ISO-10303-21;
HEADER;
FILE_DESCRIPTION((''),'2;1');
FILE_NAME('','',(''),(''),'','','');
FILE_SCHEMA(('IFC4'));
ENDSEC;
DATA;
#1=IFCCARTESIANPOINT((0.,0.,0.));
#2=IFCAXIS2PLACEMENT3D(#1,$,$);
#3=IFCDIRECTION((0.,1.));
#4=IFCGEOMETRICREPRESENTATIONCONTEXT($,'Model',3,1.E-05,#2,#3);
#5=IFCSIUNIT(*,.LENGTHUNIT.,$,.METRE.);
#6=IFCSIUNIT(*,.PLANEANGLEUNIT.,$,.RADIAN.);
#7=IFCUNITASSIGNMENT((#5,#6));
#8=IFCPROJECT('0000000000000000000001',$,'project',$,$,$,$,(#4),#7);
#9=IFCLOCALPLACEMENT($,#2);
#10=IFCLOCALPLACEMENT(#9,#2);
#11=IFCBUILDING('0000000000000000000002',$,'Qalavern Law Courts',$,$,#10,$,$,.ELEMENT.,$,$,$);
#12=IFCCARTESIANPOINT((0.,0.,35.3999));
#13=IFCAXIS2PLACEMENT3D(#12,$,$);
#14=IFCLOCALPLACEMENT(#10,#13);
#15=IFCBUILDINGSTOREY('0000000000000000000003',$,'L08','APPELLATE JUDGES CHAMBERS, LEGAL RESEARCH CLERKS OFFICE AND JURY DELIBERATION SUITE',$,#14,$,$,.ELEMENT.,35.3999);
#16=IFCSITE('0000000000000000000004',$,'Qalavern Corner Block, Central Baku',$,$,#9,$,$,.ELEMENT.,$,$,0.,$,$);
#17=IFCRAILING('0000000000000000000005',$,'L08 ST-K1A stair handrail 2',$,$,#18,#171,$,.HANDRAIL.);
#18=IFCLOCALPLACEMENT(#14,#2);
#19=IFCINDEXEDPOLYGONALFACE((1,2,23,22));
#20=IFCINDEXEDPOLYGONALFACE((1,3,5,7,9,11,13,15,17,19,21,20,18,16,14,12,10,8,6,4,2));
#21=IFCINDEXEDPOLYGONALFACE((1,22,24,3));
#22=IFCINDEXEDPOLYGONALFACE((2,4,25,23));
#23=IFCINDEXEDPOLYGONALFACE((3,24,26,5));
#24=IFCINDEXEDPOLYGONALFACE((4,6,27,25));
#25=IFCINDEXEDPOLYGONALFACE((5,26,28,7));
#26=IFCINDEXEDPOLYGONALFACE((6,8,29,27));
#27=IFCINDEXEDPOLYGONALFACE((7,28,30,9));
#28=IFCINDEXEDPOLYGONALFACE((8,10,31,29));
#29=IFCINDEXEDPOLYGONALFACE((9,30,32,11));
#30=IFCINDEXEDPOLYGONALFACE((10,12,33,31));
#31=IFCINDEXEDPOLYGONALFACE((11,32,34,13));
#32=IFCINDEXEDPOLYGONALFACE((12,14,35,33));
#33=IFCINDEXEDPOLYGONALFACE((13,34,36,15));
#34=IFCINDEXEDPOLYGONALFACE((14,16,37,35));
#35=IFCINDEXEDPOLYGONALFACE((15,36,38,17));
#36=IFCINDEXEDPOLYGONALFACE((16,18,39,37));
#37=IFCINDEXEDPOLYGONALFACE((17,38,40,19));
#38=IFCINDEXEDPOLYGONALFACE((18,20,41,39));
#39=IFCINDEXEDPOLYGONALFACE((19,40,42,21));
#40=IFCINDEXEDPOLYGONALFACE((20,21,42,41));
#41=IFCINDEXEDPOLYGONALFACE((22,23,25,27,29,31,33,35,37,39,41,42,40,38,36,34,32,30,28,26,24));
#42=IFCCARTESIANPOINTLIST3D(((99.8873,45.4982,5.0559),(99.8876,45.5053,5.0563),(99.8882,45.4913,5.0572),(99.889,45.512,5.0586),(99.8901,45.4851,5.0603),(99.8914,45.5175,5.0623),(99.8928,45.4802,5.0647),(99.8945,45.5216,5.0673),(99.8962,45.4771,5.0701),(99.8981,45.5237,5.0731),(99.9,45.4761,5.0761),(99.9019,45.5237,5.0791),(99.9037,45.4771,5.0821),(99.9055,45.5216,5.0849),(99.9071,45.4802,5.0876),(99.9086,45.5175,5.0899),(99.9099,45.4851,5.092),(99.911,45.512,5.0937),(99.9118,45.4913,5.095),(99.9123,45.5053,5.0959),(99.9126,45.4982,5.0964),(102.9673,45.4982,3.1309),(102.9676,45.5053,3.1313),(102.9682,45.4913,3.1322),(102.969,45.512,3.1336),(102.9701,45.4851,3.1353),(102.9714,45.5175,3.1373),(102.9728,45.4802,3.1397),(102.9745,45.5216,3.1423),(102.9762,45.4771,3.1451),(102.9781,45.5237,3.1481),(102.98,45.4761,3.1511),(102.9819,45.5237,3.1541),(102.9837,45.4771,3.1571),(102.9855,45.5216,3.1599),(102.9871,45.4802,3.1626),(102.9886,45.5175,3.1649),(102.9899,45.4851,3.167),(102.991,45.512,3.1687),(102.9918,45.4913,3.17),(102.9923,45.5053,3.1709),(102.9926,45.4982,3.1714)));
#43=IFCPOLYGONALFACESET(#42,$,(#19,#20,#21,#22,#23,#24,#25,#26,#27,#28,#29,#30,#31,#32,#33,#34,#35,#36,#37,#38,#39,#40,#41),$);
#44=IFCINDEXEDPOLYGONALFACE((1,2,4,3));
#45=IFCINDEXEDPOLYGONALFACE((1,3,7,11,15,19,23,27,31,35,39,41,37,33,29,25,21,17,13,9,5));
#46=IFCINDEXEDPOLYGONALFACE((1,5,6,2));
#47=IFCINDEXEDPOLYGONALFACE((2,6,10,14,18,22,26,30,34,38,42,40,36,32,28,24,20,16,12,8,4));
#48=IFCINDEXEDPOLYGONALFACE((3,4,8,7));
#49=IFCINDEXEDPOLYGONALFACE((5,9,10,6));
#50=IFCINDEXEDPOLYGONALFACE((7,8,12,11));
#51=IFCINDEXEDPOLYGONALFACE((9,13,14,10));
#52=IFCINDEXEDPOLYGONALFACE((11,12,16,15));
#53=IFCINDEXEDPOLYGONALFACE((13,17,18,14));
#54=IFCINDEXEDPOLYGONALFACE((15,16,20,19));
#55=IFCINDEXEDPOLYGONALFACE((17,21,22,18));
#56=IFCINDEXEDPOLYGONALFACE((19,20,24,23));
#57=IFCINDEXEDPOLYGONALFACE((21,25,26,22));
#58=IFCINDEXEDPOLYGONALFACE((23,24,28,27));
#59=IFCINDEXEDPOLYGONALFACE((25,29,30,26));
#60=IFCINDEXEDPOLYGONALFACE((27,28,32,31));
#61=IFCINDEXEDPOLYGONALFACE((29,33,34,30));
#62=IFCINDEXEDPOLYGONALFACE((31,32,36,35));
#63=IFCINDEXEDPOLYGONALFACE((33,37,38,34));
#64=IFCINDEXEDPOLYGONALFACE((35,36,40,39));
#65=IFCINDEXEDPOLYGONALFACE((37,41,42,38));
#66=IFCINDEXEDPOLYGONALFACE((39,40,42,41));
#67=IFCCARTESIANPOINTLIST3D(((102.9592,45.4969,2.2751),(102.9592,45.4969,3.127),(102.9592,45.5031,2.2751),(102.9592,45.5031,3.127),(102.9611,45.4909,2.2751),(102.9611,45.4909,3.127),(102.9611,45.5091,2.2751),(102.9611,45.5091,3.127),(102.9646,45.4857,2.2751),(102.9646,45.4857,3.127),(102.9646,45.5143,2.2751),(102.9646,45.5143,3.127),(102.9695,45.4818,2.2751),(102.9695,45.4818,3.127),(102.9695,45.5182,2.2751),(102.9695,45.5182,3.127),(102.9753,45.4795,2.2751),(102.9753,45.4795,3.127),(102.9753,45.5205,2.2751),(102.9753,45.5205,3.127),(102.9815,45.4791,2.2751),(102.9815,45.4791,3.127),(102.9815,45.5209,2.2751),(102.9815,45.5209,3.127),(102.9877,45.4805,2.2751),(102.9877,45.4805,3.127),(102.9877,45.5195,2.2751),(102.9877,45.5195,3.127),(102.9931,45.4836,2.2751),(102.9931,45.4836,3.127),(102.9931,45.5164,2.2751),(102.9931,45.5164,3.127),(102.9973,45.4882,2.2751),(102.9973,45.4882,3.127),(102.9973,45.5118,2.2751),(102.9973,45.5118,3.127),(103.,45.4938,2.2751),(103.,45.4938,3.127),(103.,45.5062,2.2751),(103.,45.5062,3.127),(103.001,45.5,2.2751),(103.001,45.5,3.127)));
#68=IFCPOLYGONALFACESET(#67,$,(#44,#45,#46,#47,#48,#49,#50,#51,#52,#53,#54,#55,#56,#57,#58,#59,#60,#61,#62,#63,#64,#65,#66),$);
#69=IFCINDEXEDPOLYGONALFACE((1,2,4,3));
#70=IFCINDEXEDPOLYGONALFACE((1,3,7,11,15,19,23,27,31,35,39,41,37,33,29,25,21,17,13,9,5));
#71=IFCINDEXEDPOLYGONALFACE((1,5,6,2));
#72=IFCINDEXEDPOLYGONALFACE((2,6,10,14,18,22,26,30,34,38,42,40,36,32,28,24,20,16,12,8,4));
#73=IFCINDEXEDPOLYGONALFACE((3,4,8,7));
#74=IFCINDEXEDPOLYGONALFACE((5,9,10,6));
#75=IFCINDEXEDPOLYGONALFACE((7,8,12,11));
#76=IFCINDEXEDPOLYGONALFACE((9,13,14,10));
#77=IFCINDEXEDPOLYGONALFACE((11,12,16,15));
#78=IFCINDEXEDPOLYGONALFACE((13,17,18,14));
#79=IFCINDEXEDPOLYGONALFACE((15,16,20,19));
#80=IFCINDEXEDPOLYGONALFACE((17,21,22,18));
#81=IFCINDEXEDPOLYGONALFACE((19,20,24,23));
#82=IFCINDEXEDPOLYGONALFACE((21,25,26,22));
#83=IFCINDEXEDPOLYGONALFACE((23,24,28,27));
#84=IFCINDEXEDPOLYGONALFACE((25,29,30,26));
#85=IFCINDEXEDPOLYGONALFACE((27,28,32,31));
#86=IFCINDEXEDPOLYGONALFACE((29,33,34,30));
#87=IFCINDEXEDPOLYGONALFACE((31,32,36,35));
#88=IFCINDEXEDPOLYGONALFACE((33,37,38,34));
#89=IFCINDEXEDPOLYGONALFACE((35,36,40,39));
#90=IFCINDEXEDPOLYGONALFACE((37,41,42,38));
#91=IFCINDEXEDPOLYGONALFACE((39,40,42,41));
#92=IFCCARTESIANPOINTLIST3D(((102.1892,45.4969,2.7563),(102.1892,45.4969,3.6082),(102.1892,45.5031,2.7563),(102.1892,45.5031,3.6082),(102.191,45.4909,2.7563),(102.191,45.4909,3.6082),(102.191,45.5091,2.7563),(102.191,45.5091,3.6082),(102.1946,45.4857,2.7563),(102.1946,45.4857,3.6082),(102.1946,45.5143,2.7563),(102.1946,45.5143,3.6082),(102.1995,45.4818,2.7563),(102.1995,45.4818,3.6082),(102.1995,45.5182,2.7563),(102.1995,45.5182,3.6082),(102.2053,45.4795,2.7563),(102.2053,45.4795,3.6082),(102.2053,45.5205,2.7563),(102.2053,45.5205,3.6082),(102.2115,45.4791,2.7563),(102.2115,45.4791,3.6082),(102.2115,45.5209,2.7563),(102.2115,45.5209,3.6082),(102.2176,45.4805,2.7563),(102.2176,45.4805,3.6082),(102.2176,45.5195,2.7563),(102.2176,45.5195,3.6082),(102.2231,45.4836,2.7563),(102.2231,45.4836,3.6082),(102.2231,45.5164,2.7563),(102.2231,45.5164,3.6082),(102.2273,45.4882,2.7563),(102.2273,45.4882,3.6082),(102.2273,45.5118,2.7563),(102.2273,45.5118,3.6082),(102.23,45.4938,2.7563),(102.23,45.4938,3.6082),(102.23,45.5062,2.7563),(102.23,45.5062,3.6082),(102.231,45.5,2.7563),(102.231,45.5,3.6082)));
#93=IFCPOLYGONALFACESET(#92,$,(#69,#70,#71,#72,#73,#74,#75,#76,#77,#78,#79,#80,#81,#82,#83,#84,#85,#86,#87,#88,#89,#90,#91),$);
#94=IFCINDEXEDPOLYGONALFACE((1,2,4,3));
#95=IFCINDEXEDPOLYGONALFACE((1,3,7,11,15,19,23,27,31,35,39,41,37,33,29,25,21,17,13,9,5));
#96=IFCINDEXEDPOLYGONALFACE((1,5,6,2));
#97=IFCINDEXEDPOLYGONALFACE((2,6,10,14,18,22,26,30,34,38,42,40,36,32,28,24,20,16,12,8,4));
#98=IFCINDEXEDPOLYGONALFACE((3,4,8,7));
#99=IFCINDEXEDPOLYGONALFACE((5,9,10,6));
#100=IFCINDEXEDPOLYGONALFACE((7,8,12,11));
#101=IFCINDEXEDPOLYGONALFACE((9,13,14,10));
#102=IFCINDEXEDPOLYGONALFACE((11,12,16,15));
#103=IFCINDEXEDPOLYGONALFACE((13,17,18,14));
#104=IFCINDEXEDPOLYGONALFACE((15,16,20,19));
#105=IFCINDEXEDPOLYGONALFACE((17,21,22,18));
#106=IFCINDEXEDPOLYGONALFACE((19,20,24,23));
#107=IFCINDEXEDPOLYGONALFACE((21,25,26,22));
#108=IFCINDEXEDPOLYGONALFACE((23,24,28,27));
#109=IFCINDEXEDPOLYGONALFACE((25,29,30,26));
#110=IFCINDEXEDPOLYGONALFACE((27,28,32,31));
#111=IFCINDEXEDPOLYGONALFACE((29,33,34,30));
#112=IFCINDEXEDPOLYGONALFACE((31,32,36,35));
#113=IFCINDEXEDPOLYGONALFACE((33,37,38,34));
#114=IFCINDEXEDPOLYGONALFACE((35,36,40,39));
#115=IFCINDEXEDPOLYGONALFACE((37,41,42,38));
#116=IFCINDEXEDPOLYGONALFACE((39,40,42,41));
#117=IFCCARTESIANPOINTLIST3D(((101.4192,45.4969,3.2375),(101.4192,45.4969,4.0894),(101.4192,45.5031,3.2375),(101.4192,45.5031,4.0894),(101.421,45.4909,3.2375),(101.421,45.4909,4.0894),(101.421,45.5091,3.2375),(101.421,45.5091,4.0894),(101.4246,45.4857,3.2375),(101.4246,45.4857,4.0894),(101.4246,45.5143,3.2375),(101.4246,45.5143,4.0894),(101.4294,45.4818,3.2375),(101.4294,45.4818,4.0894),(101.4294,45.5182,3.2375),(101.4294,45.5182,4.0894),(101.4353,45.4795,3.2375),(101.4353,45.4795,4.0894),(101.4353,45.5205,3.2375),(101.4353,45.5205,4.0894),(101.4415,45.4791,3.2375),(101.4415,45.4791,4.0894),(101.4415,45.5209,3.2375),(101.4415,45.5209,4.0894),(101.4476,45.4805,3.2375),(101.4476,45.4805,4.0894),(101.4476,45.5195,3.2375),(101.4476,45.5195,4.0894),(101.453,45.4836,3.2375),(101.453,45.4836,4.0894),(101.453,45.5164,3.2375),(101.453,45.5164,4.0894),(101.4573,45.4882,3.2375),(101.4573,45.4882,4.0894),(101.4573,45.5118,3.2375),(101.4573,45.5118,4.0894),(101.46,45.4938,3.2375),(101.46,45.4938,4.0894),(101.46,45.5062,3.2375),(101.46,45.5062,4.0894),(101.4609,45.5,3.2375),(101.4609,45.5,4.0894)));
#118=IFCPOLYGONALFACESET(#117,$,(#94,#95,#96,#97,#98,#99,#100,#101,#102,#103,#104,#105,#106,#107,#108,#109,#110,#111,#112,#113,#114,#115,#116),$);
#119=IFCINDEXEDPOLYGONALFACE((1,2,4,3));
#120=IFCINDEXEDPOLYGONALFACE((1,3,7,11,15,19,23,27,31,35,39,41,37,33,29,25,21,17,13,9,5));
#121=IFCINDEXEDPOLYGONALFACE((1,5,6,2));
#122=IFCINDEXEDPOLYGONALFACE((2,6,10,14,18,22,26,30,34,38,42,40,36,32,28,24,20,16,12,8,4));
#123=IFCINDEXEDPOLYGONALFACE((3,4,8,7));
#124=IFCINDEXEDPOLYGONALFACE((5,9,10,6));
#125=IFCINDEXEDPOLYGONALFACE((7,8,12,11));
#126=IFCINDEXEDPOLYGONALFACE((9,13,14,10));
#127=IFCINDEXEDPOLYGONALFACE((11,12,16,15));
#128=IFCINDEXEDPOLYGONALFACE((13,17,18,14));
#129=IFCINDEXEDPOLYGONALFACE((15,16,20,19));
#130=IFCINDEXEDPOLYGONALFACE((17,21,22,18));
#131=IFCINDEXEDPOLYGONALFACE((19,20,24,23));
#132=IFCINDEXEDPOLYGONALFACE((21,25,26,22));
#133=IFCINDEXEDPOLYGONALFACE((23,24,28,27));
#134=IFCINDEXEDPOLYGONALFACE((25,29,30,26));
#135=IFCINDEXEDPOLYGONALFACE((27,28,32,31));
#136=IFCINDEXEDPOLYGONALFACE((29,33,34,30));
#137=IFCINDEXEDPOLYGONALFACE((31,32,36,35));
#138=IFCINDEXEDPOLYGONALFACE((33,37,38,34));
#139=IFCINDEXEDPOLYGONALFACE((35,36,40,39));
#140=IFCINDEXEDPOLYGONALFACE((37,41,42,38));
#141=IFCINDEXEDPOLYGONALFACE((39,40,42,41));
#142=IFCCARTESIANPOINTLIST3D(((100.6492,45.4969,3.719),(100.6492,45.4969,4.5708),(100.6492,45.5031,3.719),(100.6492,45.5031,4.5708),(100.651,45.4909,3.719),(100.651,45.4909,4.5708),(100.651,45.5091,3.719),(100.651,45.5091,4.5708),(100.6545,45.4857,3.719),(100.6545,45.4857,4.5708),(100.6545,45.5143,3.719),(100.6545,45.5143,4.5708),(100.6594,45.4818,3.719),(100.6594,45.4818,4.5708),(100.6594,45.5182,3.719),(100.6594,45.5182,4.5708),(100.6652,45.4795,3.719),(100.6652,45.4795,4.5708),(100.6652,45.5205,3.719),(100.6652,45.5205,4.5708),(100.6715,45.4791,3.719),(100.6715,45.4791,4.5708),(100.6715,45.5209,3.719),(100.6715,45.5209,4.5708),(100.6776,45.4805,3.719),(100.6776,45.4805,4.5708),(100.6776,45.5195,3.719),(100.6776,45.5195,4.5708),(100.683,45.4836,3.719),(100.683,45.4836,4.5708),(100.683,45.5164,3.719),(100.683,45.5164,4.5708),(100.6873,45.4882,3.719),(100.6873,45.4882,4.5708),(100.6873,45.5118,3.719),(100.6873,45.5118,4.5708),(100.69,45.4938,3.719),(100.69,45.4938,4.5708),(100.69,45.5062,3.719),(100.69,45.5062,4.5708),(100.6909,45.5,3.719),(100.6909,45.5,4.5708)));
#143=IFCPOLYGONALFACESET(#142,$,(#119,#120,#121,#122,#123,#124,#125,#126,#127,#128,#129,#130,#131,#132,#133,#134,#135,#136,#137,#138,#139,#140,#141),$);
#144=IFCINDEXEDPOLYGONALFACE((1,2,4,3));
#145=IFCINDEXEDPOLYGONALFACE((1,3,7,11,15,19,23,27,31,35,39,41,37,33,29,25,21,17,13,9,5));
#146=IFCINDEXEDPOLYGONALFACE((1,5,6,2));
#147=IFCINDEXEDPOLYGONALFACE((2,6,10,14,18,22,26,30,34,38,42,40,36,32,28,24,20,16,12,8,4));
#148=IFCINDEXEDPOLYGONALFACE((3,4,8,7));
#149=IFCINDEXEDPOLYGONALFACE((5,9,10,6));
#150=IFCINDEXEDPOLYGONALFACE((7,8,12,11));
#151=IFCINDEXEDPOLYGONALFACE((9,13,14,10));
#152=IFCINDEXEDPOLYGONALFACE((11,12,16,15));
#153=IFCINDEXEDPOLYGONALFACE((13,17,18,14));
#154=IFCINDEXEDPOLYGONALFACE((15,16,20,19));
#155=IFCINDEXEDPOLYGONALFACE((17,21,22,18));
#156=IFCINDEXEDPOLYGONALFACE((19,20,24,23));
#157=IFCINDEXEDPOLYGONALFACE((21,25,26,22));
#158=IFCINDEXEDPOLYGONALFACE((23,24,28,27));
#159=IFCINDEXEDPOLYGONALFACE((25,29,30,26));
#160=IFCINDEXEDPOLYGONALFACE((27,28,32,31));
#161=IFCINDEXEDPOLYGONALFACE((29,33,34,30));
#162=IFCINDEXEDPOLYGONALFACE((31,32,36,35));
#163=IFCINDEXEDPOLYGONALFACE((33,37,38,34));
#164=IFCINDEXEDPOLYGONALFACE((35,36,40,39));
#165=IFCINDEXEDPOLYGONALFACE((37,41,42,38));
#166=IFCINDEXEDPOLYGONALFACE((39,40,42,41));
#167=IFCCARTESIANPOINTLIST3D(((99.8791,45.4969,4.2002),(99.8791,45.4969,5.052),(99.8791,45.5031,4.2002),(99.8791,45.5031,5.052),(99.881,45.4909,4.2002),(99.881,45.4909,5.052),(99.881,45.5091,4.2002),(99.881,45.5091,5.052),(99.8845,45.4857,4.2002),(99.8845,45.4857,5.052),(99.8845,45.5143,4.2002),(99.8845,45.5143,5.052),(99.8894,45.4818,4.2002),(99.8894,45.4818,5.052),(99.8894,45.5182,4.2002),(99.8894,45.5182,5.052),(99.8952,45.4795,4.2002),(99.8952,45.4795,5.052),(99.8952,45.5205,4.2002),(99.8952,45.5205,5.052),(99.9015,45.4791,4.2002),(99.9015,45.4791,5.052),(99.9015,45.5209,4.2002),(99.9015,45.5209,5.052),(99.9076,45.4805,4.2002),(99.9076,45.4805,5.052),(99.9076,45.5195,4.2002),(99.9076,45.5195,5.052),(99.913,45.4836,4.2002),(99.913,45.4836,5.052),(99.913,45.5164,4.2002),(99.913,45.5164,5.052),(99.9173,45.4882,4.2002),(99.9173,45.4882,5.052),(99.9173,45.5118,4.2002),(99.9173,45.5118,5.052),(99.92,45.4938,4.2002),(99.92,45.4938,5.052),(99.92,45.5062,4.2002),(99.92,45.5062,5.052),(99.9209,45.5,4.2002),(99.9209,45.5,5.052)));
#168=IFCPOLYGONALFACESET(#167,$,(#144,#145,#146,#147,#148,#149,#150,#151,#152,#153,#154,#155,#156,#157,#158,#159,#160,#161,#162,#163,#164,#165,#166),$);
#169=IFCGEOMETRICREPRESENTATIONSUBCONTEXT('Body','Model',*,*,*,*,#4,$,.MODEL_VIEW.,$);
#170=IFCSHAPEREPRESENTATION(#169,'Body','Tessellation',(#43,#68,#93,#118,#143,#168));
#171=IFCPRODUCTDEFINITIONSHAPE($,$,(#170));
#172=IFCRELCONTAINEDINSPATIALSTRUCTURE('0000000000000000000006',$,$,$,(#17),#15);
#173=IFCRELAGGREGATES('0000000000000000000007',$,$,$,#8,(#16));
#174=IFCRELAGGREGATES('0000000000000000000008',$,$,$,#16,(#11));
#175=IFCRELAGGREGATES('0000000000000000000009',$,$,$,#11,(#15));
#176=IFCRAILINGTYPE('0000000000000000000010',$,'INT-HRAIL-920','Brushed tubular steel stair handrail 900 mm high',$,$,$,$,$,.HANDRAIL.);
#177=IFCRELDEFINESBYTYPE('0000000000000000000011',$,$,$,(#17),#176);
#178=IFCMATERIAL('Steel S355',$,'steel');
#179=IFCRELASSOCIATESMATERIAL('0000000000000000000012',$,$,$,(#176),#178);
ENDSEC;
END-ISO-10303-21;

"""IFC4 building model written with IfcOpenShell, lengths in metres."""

from ifc_helpers import new_model, si_unit, direction, frame, origin, origin_2d, place, context, subcontext, project, spatial, circle, extrude, material, type_object, element, save


model = new_model("IFC4")

# Units and contexts
model_context = context("Model", 3, precision=1e-05, world=origin(), true_north=direction((0.0, 1.0)))
body_context = subcontext(model_context, "Body", "Model", "MODEL_VIEW")
ifc_project = project(units=[si_unit("LENGTHUNIT", "METRE"), si_unit("PLANEANGLEUNIT", "RADIAN")], contexts=[model_context])

# Site, building, storey
site_placement = place(None, origin())
site = spatial("IfcSite", under=ifc_project, at=site_placement, Name="Qalavern Corner Block, Central Baku", CompositionType="ELEMENT", RefElevation=0.0)
building_placement = place(site_placement, origin())
building = spatial("IfcBuilding", under=site, at=building_placement, Name="Qalavern Law Courts", CompositionType="ELEMENT")
storey_placement = place(building_placement, frame((0.0, 0.0, 35.3999)))
storey = spatial("IfcBuildingStorey", under=building, at=storey_placement, Name="L08", Description="APPELLATE JUDGES CHAMBERS, LEGAL RESEARCH CLERKS OFFICE AND JURY DELIBERATION SUITE", CompositionType="ELEMENT", Elevation=35.3999)

# Railing
ifc_material_1 = material(Name="Steel S355", Category="steel")
railing_type_1 = type_object("IfcRailingType", Name="INT-HRAIL-920", Description="Brushed tubular steel stair handrail 900 mm high", PredefinedType="HANDRAIL", material=ifc_material_1)
railing_1_placement = place(storey_placement, frame((102.98, 45.5, 2.2751)))
element("IfcRailing", 1, at=railing_1_placement, inside=storey, type_object=railing_type_1, Name="L08 ST-K1A stair handrail 2", PredefinedType="HANDRAIL", context=body_context, shape_type="SweptSolid", body=[
    extrude(circle(Radius=0.0239, at=origin_2d()), frame((0.0, 0.0, 0.876), z_axis=(-0.847998, 0.0, 0.529999), x_axis=(0.0, -1.0, 0.0)), (0.0, 0.0, 1.0), 3.6321),
    extrude(circle(Radius=0.021, at=origin_2d()), origin(), (0.0, 0.0, 1.0), 0.8518),
    extrude(circle(Radius=0.021, at=origin_2d()), frame((-0.77, 0.0, 0.4812)), (0.0, 0.0, 1.0), 0.8518),
    extrude(circle(Radius=0.021, at=origin_2d()), frame((-1.54, 0.0, 0.9624)), (0.0, 0.0, 1.0), 0.8518),
    extrude(circle(Radius=0.021, at=origin_2d()), frame((-2.3101, 0.0, 1.4438)), (0.0, 0.0, 1.0), 0.8518),
    extrude(circle(Radius=0.021, at=origin_2d()), frame((-3.0801, 0.0, 1.925)), (0.0, 0.0, 1.0), 0.8518),
])

save(model, "model.ifc")
